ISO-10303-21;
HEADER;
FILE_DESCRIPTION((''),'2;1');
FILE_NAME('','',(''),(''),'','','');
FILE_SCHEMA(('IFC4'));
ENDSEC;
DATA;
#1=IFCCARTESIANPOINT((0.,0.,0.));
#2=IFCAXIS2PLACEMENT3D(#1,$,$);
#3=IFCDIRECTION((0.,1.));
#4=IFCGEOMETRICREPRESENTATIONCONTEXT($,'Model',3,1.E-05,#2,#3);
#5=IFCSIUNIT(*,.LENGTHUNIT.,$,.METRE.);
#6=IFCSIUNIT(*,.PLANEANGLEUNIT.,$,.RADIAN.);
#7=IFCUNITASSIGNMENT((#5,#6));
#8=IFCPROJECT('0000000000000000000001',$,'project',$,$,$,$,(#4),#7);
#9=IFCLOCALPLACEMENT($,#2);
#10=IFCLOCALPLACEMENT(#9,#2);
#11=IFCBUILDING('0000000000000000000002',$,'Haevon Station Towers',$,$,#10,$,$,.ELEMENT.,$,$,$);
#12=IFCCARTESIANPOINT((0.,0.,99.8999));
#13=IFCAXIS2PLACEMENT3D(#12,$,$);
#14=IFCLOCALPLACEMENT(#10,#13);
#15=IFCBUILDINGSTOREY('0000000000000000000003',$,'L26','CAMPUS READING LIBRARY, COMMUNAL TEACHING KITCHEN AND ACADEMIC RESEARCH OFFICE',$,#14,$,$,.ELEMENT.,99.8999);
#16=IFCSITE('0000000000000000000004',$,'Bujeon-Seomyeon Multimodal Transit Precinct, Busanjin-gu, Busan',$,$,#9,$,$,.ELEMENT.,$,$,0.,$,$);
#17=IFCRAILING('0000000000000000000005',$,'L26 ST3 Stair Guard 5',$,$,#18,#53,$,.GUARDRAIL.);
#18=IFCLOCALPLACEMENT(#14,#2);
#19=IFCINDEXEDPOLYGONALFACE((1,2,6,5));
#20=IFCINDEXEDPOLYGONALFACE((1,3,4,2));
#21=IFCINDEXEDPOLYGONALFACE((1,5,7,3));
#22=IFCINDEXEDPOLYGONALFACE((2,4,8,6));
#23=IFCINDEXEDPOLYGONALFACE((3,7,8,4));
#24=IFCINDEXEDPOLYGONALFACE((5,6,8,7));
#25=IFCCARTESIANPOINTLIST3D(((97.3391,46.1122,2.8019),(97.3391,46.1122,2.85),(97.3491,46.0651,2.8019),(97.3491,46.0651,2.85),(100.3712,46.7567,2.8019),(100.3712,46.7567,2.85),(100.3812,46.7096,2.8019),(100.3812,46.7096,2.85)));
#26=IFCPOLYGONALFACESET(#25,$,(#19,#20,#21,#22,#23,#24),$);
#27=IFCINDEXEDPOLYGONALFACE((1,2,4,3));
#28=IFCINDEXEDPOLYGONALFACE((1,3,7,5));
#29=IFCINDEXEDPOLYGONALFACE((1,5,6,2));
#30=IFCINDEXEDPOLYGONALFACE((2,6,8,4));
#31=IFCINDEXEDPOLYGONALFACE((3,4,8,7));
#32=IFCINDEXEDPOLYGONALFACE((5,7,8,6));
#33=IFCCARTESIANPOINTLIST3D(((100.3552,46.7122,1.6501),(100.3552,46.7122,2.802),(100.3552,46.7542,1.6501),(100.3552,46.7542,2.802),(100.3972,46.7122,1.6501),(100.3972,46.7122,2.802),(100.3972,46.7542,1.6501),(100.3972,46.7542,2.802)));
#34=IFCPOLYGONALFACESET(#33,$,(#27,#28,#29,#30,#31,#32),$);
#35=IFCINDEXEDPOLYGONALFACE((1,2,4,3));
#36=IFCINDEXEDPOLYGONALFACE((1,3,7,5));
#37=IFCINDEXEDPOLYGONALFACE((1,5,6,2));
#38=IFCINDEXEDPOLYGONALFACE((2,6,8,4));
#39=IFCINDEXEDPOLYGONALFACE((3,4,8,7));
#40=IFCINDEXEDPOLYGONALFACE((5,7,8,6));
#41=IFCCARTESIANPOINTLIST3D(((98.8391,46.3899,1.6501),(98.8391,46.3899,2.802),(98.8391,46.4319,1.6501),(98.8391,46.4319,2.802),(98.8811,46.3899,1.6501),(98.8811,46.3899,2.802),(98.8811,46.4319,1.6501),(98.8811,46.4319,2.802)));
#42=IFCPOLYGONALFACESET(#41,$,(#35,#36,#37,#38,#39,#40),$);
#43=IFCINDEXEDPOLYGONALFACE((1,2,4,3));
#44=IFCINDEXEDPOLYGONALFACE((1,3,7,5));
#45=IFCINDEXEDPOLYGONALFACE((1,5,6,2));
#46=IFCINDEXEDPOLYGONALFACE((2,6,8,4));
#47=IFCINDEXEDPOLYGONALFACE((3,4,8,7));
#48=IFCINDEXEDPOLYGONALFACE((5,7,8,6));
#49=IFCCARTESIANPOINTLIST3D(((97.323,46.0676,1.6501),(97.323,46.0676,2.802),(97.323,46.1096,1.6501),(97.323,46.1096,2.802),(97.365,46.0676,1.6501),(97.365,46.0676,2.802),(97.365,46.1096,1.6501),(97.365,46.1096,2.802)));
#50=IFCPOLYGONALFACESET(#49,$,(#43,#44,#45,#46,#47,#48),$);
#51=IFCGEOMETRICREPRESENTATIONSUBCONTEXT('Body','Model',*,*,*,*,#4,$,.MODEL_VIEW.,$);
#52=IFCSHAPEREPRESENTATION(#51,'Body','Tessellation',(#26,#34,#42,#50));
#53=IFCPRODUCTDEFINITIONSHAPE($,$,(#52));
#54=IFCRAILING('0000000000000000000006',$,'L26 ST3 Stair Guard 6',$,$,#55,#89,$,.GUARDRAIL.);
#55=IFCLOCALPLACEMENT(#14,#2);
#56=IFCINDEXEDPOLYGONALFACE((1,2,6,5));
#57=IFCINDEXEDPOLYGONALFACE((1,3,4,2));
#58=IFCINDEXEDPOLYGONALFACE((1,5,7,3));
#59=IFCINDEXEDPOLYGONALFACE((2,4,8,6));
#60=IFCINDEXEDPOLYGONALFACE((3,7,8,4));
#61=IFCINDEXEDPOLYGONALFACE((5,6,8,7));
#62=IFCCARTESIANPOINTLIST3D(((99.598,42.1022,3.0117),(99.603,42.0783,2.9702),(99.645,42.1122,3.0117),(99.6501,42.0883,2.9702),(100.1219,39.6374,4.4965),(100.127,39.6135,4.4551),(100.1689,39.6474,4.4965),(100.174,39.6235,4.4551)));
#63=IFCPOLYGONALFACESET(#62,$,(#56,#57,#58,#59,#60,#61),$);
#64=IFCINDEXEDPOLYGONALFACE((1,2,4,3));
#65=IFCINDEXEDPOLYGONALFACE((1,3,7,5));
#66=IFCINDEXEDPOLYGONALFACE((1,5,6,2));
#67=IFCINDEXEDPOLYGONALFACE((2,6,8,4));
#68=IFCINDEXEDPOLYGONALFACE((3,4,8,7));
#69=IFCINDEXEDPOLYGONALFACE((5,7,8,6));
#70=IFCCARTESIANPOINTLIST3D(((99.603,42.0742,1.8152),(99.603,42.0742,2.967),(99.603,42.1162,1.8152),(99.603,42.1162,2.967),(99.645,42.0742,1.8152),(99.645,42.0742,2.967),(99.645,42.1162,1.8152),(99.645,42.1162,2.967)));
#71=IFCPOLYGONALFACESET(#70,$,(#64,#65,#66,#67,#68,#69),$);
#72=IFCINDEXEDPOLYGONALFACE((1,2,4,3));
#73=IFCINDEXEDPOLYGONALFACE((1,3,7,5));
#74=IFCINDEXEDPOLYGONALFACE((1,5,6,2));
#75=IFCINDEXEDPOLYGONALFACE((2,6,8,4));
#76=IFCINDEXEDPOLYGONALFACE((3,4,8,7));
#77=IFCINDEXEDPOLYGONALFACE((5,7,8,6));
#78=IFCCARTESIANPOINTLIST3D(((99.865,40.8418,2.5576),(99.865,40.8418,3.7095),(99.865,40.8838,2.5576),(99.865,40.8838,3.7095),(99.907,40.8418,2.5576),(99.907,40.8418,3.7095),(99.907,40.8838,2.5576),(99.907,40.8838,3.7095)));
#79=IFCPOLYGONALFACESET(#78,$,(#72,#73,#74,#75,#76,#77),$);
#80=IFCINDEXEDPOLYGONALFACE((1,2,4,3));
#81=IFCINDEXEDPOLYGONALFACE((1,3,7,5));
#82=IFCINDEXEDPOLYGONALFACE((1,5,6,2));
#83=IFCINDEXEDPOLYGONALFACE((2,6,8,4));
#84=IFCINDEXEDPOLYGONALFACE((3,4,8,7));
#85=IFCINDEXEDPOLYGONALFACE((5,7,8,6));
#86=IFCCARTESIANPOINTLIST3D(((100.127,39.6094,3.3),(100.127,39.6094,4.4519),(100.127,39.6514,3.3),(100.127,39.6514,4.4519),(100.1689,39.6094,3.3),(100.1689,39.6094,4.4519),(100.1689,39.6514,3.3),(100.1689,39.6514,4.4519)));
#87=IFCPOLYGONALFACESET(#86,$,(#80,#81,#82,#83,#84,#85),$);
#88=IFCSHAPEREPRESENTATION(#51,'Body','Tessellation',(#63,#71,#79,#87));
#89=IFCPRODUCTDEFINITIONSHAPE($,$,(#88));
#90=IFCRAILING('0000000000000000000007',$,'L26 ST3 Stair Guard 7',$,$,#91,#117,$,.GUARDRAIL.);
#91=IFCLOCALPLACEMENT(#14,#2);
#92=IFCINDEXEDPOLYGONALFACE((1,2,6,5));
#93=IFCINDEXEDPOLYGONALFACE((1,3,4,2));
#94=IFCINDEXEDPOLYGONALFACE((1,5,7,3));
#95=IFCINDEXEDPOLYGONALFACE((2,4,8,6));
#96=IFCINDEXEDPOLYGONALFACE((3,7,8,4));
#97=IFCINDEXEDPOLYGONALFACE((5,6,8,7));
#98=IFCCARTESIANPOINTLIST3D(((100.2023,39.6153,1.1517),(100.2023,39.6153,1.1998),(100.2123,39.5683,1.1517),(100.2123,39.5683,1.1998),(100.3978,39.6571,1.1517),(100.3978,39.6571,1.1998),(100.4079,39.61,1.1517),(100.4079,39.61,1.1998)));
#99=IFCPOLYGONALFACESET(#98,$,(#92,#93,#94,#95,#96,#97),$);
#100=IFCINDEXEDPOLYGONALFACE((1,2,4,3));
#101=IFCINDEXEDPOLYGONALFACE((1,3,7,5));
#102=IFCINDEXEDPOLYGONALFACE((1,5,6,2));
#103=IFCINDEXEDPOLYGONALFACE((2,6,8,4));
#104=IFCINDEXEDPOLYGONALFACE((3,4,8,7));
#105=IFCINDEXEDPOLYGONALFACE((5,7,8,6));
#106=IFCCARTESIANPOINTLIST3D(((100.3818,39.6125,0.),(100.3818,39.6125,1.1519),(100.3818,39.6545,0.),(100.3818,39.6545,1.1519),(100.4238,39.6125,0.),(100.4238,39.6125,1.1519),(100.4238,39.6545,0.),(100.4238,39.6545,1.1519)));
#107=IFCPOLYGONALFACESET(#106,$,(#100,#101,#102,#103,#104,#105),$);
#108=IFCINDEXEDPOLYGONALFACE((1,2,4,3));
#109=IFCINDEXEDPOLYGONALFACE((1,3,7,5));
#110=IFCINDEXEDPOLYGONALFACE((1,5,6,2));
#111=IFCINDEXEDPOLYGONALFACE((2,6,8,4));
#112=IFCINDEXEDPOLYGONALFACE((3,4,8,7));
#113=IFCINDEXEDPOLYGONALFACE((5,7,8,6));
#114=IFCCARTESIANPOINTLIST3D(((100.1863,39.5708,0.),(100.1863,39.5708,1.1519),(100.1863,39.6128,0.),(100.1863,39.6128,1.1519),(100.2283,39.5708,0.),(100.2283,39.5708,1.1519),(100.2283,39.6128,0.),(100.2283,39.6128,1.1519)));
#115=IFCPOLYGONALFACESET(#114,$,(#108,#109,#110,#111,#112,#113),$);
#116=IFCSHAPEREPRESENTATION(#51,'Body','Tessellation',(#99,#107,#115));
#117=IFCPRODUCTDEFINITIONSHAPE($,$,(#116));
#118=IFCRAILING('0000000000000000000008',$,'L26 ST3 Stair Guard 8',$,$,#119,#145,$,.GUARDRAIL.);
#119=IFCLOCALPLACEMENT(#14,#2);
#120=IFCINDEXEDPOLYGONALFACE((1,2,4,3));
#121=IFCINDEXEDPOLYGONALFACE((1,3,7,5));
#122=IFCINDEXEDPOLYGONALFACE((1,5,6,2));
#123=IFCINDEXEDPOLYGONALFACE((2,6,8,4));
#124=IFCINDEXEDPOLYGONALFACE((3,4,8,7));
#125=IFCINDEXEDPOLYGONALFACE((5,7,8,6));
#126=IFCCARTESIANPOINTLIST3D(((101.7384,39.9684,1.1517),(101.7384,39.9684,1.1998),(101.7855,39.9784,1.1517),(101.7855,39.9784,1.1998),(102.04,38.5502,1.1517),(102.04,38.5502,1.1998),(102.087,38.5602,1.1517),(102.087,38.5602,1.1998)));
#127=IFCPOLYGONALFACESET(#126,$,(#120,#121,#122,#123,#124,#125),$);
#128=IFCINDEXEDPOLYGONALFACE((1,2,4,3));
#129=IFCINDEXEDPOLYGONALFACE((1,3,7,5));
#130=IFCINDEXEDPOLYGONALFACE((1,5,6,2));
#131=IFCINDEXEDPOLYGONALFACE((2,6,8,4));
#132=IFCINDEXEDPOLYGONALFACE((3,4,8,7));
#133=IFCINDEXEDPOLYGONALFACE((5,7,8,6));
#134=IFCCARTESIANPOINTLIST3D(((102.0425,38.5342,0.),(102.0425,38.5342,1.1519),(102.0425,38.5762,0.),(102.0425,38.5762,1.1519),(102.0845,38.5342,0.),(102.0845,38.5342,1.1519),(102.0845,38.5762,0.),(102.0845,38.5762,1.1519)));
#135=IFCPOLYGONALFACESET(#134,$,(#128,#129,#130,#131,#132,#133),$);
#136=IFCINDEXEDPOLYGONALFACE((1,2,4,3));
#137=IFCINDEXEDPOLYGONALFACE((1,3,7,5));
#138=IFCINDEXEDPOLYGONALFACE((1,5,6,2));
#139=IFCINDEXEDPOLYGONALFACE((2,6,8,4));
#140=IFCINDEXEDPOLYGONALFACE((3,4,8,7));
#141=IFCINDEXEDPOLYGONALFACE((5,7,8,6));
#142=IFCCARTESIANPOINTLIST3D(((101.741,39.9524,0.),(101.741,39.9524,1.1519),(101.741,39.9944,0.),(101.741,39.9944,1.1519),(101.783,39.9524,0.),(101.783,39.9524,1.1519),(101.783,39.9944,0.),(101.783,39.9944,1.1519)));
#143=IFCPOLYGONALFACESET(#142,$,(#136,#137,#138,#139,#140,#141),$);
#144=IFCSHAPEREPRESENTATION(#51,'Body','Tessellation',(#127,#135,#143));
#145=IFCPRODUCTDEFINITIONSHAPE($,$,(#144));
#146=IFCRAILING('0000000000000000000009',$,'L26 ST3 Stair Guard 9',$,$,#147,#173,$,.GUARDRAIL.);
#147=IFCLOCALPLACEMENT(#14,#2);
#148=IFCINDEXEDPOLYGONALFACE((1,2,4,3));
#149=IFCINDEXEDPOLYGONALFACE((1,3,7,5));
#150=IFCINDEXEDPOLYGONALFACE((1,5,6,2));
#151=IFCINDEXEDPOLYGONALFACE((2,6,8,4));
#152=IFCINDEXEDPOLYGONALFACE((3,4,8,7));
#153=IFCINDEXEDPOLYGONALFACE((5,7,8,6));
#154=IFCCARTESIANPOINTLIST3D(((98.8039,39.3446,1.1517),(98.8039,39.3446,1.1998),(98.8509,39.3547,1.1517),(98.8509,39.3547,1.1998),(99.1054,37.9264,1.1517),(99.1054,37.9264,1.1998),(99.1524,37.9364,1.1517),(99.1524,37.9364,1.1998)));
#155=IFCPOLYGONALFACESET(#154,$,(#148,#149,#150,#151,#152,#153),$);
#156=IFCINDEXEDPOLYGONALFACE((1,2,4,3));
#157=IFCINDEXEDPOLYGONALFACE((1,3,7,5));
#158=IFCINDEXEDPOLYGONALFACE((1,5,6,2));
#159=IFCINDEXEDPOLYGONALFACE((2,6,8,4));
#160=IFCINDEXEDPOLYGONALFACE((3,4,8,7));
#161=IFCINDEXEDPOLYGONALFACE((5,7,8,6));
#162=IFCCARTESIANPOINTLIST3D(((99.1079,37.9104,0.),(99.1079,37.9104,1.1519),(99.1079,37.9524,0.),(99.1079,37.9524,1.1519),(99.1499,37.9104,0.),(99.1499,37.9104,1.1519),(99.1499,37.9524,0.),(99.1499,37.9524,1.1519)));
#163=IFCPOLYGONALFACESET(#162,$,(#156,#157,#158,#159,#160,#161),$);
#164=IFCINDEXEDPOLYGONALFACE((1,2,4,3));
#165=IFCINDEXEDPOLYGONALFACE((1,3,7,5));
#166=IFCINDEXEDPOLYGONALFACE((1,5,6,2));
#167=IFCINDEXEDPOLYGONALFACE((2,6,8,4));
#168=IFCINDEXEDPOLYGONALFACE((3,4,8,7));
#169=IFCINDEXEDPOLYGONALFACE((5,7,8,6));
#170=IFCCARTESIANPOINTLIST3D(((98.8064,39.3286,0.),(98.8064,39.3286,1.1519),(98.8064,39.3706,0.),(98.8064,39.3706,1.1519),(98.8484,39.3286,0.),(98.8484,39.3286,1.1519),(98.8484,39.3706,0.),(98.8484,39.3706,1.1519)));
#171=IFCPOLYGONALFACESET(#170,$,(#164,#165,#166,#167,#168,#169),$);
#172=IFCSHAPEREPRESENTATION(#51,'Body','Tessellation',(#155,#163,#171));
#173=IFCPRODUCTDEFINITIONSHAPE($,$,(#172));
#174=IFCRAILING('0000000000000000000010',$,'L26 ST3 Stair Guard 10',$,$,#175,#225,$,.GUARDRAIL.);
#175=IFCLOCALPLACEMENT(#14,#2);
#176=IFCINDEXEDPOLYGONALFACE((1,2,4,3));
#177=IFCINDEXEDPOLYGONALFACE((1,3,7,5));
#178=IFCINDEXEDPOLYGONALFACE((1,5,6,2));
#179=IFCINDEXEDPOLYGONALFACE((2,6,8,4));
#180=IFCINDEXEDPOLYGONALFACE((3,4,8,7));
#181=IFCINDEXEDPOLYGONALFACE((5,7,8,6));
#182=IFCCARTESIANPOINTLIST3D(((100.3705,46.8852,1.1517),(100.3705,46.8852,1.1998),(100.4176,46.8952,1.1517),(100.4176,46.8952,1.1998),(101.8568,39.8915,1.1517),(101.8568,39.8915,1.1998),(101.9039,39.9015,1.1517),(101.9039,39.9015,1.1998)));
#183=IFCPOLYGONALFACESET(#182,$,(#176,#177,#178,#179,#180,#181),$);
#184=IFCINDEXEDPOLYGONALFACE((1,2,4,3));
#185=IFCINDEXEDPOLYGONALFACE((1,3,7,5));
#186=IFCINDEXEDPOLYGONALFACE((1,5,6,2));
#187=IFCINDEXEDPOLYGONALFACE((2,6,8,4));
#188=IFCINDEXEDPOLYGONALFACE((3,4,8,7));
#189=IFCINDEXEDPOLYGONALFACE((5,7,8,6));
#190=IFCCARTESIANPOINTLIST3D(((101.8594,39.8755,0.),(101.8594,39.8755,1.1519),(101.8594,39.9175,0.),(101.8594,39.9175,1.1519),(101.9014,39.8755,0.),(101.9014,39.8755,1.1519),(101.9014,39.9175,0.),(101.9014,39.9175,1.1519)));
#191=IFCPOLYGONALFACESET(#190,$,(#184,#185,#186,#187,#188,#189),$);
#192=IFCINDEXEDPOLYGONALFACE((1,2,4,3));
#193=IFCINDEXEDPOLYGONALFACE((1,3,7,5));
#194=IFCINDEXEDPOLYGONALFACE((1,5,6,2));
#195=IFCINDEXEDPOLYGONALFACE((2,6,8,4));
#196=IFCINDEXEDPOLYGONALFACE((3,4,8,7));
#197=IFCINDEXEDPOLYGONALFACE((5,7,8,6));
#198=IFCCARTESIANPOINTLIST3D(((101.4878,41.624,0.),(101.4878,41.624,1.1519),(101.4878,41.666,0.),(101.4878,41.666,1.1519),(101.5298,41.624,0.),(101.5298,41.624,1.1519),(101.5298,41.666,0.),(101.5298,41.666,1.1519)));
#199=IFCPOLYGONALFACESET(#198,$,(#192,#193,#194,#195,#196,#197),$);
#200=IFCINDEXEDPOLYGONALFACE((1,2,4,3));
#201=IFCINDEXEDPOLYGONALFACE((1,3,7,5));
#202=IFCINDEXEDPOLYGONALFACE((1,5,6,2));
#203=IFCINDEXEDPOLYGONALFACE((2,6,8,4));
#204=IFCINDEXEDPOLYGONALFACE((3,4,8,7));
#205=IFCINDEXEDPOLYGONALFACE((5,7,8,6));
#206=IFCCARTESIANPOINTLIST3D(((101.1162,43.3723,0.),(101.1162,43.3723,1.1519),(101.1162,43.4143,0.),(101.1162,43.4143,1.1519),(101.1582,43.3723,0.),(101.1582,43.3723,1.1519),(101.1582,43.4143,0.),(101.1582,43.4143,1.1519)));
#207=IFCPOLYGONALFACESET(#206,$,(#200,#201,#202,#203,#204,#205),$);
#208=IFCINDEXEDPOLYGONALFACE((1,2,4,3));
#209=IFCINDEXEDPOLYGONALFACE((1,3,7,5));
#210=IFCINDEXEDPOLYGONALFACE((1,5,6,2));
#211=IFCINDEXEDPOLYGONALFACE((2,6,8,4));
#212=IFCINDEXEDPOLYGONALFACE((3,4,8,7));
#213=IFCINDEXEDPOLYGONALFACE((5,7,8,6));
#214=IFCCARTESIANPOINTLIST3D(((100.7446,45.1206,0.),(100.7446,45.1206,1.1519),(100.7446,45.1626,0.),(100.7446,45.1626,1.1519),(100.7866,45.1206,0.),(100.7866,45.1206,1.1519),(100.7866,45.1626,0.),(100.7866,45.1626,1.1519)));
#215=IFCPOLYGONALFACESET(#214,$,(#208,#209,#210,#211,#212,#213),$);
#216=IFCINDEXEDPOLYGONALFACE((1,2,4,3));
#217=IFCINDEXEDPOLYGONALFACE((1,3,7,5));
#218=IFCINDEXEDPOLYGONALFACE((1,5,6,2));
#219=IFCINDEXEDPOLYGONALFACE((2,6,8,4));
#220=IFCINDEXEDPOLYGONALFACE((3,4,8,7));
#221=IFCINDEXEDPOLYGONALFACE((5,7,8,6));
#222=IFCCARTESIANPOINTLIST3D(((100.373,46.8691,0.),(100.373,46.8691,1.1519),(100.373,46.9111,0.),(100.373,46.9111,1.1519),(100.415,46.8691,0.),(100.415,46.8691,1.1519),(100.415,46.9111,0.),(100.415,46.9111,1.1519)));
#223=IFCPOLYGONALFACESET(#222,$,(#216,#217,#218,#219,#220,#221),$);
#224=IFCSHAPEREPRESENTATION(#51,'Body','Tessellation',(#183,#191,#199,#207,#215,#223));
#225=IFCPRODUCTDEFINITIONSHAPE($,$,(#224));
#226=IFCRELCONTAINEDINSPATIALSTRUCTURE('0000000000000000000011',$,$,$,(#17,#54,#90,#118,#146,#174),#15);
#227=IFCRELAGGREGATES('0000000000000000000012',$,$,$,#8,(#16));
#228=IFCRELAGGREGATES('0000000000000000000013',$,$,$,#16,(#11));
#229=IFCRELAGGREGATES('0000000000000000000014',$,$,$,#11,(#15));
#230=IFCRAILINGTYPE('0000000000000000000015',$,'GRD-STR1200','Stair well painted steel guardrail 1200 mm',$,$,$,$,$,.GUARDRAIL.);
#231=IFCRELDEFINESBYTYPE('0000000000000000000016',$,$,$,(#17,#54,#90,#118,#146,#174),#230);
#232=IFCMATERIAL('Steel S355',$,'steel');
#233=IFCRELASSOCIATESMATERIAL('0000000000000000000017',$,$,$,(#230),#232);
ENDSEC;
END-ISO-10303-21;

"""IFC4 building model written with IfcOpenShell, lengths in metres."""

from ifc_helpers import new_model, si_unit, direction, frame, origin, origin_2d, place, context, subcontext, project, spatial, rectangle, extrude, material, type_object, element, save


model = new_model("IFC4")

# Units and contexts
model_context = context("Model", 3, precision=1e-05, world=origin(), true_north=direction((0.0, 1.0)))
body_context = subcontext(model_context, "Body", "Model", "MODEL_VIEW")
ifc_project = project(units=[si_unit("LENGTHUNIT", "METRE"), si_unit("PLANEANGLEUNIT", "RADIAN")], contexts=[model_context])

# Site, building, storey
site_placement = place(None, origin())
site = spatial("IfcSite", under=ifc_project, at=site_placement, Name="Bujeon-Seomyeon Multimodal Transit Precinct, Busanjin-gu, Busan", CompositionType="ELEMENT", RefElevation=0.0)
building_placement = place(site_placement, origin())
building = spatial("IfcBuilding", under=site, at=building_placement, Name="Haevon Station Towers", CompositionType="ELEMENT")
storey_placement = place(building_placement, frame((0.0, 0.0, 99.8999)))
storey = spatial("IfcBuildingStorey", under=building, at=storey_placement, Name="L26", Description="CAMPUS READING LIBRARY, COMMUNAL TEACHING KITCHEN AND ACADEMIC RESEARCH OFFICE", CompositionType="ELEMENT", Elevation=99.8999)

# Shared definitions
ifc_material_1 = material(Name="Steel S355", Category="steel")

# Railings
railing_type_1 = type_object("IfcRailingType", Name="GRD-STR1200", Description="Stair well painted steel guardrail 1200 mm", PredefinedType="GUARDRAIL", material=ifc_material_1)
railing_1_placement = place(storey_placement, frame((100.3762, 46.7332, 1.6501)))
element("IfcRailing", 1, at=railing_1_placement, inside=storey, type_object=railing_type_1, Name="L26 ST3 Stair Guard 5", PredefinedType="GUARDRAIL", context=body_context, shape_type="SweptSolid", body=[
    extrude(rectangle(XDim=0.0481, YDim=0.0481, at=origin_2d()), frame((0.0, 0.0, 1.1758), z_axis=(-0.978147, -0.207915, 0.0), x_axis=(0.207915, -0.978147, 0.0)), (0.0, 0.0, 1.0), 3.0999),
    extrude(rectangle(XDim=0.042, YDim=0.042, at=origin_2d()), origin(), (0.0, 0.0, 1.0), 1.1519),
    extrude(rectangle(XDim=0.042, YDim=0.042, at=origin_2d()), frame((-1.5161, -0.3223, 0.0)), (0.0, 0.0, 1.0), 1.1519),
    extrude(rectangle(XDim=0.042, YDim=0.042, at=origin_2d()), frame((-3.0322, -0.6445, 0.0)), (0.0, 0.0, 1.0), 1.1519),
])
railing_2_placement = place(storey_placement, frame((99.624, 42.0952, 1.8152)))
element("IfcRailing", 2, at=railing_2_placement, inside=storey, type_object=railing_type_1, Name="L26 ST3 Stair Guard 6", PredefinedType="GUARDRAIL", context=body_context, shape_type="SweptSolid", body=[
    extrude(rectangle(XDim=0.0481, YDim=0.0481, at=origin_2d()), frame((0.0, 0.0, 1.1758), z_axis=(0.179129, -0.842724, 0.507671), x_axis=(0.978147, 0.207914, 0.0)), (0.0, 0.0, 1.0), 2.9248),
    extrude(rectangle(XDim=0.042, YDim=0.042, at=origin_2d()), origin(), (0.0, 0.0, 1.0), 1.1519),
    extrude(rectangle(XDim=0.042, YDim=0.042, at=origin_2d()), frame((0.262, -1.2324, 0.7424)), (0.0, 0.0, 1.0), 1.1519),
    extrude(rectangle(XDim=0.042, YDim=0.042, at=origin_2d()), frame((0.5239, -2.4648, 1.4849)), (0.0, 0.0, 1.0), 1.1519),
])
railing_3_placement = place(storey_placement, frame((100.4028, 39.6335, 0.0)))
element("IfcRailing", 3, at=railing_3_placement, inside=storey, type_object=railing_type_1, Name="L26 ST3 Stair Guard 7", PredefinedType="GUARDRAIL", context=body_context, shape_type="SweptSolid", body=[
    extrude(rectangle(XDim=0.0481, YDim=0.0481, at=origin_2d()), frame((0.0, 0.0, 1.1758), z_axis=(-0.977963, -0.208779, 0.0), x_axis=(0.208779, -0.977963, 0.0)), (0.0, 0.0, 1.0), 0.2),
    extrude(rectangle(XDim=0.042, YDim=0.042, at=origin_2d()), origin(), (0.0, 0.0, 1.0), 1.1519),
    extrude(rectangle(XDim=0.042, YDim=0.042, at=origin_2d()), frame((-0.1956, -0.0417, 0.0)), (0.0, 0.0, 1.0), 1.1519),
])
for number, where, name in (
    (4, (102.0635, 38.5552, 0.0), "L26 ST3 Stair Guard 8"),
    (5, (99.1289, 37.9314, 0.0), "L26 ST3 Stair Guard 9"),
):
    element("IfcRailing", number, at=place(storey_placement, frame(where)), inside=storey, type_object=railing_type_1, Name=name, PredefinedType="GUARDRAIL", context=body_context, shape_type="SweptSolid", body=[
        extrude(rectangle(XDim=0.0481, YDim=0.0481, at=origin_2d()), frame((0.0, 0.0, 1.1758), z_axis=(-0.207953, 0.978139, 0.0), x_axis=(-0.978139, -0.207953, 0.0)), (0.0, 0.0, 1.0), 1.45),
        extrude(rectangle(XDim=0.042, YDim=0.042, at=origin_2d()), origin(), (0.0, 0.0, 1.0), 1.1519),
        extrude(rectangle(XDim=0.042, YDim=0.042, at=origin_2d()), frame((-0.3015, 1.4182, 0.0)), (0.0, 0.0, 1.0), 1.1519),
    ])
railing_4_placement = place(storey_placement, frame((101.8804, 39.8965, 0.0)))
element("IfcRailing", 6, at=railing_4_placement, inside=storey, type_object=railing_type_1, Name="L26 ST3 Stair Guard 10", PredefinedType="GUARDRAIL", context=body_context, shape_type="SweptSolid", body=[
    extrude(rectangle(XDim=0.0481, YDim=0.0481, at=origin_2d()), frame((0.0, 0.0, 1.1758), z_axis=(-0.207882, 0.978154, 0.0), x_axis=(-0.978154, -0.207882, 0.0)), (0.0, 0.0, 1.0), 7.1499),
    extrude(rectangle(XDim=0.042, YDim=0.042, at=origin_2d()), origin(), (0.0, 0.0, 1.0), 1.1519),
    extrude(rectangle(XDim=0.042, YDim=0.042, at=origin_2d()), frame((-0.3716, 1.7485, 0.0)), (0.0, 0.0, 1.0), 1.1519),
    extrude(rectangle(XDim=0.042, YDim=0.042, at=origin_2d()), frame((-0.7432, 3.4968, 0.0)), (0.0, 0.0, 1.0), 1.1519),
    extrude(rectangle(XDim=0.042, YDim=0.042, at=origin_2d()), frame((-1.1147, 5.2451, 0.0)), (0.0, 0.0, 1.0), 1.1519),
    extrude(rectangle(XDim=0.042, YDim=0.042, at=origin_2d()), frame((-1.4863, 6.9937, 0.0)), (0.0, 0.0, 1.0), 1.1519),
])

save(model, "model.ifc")
